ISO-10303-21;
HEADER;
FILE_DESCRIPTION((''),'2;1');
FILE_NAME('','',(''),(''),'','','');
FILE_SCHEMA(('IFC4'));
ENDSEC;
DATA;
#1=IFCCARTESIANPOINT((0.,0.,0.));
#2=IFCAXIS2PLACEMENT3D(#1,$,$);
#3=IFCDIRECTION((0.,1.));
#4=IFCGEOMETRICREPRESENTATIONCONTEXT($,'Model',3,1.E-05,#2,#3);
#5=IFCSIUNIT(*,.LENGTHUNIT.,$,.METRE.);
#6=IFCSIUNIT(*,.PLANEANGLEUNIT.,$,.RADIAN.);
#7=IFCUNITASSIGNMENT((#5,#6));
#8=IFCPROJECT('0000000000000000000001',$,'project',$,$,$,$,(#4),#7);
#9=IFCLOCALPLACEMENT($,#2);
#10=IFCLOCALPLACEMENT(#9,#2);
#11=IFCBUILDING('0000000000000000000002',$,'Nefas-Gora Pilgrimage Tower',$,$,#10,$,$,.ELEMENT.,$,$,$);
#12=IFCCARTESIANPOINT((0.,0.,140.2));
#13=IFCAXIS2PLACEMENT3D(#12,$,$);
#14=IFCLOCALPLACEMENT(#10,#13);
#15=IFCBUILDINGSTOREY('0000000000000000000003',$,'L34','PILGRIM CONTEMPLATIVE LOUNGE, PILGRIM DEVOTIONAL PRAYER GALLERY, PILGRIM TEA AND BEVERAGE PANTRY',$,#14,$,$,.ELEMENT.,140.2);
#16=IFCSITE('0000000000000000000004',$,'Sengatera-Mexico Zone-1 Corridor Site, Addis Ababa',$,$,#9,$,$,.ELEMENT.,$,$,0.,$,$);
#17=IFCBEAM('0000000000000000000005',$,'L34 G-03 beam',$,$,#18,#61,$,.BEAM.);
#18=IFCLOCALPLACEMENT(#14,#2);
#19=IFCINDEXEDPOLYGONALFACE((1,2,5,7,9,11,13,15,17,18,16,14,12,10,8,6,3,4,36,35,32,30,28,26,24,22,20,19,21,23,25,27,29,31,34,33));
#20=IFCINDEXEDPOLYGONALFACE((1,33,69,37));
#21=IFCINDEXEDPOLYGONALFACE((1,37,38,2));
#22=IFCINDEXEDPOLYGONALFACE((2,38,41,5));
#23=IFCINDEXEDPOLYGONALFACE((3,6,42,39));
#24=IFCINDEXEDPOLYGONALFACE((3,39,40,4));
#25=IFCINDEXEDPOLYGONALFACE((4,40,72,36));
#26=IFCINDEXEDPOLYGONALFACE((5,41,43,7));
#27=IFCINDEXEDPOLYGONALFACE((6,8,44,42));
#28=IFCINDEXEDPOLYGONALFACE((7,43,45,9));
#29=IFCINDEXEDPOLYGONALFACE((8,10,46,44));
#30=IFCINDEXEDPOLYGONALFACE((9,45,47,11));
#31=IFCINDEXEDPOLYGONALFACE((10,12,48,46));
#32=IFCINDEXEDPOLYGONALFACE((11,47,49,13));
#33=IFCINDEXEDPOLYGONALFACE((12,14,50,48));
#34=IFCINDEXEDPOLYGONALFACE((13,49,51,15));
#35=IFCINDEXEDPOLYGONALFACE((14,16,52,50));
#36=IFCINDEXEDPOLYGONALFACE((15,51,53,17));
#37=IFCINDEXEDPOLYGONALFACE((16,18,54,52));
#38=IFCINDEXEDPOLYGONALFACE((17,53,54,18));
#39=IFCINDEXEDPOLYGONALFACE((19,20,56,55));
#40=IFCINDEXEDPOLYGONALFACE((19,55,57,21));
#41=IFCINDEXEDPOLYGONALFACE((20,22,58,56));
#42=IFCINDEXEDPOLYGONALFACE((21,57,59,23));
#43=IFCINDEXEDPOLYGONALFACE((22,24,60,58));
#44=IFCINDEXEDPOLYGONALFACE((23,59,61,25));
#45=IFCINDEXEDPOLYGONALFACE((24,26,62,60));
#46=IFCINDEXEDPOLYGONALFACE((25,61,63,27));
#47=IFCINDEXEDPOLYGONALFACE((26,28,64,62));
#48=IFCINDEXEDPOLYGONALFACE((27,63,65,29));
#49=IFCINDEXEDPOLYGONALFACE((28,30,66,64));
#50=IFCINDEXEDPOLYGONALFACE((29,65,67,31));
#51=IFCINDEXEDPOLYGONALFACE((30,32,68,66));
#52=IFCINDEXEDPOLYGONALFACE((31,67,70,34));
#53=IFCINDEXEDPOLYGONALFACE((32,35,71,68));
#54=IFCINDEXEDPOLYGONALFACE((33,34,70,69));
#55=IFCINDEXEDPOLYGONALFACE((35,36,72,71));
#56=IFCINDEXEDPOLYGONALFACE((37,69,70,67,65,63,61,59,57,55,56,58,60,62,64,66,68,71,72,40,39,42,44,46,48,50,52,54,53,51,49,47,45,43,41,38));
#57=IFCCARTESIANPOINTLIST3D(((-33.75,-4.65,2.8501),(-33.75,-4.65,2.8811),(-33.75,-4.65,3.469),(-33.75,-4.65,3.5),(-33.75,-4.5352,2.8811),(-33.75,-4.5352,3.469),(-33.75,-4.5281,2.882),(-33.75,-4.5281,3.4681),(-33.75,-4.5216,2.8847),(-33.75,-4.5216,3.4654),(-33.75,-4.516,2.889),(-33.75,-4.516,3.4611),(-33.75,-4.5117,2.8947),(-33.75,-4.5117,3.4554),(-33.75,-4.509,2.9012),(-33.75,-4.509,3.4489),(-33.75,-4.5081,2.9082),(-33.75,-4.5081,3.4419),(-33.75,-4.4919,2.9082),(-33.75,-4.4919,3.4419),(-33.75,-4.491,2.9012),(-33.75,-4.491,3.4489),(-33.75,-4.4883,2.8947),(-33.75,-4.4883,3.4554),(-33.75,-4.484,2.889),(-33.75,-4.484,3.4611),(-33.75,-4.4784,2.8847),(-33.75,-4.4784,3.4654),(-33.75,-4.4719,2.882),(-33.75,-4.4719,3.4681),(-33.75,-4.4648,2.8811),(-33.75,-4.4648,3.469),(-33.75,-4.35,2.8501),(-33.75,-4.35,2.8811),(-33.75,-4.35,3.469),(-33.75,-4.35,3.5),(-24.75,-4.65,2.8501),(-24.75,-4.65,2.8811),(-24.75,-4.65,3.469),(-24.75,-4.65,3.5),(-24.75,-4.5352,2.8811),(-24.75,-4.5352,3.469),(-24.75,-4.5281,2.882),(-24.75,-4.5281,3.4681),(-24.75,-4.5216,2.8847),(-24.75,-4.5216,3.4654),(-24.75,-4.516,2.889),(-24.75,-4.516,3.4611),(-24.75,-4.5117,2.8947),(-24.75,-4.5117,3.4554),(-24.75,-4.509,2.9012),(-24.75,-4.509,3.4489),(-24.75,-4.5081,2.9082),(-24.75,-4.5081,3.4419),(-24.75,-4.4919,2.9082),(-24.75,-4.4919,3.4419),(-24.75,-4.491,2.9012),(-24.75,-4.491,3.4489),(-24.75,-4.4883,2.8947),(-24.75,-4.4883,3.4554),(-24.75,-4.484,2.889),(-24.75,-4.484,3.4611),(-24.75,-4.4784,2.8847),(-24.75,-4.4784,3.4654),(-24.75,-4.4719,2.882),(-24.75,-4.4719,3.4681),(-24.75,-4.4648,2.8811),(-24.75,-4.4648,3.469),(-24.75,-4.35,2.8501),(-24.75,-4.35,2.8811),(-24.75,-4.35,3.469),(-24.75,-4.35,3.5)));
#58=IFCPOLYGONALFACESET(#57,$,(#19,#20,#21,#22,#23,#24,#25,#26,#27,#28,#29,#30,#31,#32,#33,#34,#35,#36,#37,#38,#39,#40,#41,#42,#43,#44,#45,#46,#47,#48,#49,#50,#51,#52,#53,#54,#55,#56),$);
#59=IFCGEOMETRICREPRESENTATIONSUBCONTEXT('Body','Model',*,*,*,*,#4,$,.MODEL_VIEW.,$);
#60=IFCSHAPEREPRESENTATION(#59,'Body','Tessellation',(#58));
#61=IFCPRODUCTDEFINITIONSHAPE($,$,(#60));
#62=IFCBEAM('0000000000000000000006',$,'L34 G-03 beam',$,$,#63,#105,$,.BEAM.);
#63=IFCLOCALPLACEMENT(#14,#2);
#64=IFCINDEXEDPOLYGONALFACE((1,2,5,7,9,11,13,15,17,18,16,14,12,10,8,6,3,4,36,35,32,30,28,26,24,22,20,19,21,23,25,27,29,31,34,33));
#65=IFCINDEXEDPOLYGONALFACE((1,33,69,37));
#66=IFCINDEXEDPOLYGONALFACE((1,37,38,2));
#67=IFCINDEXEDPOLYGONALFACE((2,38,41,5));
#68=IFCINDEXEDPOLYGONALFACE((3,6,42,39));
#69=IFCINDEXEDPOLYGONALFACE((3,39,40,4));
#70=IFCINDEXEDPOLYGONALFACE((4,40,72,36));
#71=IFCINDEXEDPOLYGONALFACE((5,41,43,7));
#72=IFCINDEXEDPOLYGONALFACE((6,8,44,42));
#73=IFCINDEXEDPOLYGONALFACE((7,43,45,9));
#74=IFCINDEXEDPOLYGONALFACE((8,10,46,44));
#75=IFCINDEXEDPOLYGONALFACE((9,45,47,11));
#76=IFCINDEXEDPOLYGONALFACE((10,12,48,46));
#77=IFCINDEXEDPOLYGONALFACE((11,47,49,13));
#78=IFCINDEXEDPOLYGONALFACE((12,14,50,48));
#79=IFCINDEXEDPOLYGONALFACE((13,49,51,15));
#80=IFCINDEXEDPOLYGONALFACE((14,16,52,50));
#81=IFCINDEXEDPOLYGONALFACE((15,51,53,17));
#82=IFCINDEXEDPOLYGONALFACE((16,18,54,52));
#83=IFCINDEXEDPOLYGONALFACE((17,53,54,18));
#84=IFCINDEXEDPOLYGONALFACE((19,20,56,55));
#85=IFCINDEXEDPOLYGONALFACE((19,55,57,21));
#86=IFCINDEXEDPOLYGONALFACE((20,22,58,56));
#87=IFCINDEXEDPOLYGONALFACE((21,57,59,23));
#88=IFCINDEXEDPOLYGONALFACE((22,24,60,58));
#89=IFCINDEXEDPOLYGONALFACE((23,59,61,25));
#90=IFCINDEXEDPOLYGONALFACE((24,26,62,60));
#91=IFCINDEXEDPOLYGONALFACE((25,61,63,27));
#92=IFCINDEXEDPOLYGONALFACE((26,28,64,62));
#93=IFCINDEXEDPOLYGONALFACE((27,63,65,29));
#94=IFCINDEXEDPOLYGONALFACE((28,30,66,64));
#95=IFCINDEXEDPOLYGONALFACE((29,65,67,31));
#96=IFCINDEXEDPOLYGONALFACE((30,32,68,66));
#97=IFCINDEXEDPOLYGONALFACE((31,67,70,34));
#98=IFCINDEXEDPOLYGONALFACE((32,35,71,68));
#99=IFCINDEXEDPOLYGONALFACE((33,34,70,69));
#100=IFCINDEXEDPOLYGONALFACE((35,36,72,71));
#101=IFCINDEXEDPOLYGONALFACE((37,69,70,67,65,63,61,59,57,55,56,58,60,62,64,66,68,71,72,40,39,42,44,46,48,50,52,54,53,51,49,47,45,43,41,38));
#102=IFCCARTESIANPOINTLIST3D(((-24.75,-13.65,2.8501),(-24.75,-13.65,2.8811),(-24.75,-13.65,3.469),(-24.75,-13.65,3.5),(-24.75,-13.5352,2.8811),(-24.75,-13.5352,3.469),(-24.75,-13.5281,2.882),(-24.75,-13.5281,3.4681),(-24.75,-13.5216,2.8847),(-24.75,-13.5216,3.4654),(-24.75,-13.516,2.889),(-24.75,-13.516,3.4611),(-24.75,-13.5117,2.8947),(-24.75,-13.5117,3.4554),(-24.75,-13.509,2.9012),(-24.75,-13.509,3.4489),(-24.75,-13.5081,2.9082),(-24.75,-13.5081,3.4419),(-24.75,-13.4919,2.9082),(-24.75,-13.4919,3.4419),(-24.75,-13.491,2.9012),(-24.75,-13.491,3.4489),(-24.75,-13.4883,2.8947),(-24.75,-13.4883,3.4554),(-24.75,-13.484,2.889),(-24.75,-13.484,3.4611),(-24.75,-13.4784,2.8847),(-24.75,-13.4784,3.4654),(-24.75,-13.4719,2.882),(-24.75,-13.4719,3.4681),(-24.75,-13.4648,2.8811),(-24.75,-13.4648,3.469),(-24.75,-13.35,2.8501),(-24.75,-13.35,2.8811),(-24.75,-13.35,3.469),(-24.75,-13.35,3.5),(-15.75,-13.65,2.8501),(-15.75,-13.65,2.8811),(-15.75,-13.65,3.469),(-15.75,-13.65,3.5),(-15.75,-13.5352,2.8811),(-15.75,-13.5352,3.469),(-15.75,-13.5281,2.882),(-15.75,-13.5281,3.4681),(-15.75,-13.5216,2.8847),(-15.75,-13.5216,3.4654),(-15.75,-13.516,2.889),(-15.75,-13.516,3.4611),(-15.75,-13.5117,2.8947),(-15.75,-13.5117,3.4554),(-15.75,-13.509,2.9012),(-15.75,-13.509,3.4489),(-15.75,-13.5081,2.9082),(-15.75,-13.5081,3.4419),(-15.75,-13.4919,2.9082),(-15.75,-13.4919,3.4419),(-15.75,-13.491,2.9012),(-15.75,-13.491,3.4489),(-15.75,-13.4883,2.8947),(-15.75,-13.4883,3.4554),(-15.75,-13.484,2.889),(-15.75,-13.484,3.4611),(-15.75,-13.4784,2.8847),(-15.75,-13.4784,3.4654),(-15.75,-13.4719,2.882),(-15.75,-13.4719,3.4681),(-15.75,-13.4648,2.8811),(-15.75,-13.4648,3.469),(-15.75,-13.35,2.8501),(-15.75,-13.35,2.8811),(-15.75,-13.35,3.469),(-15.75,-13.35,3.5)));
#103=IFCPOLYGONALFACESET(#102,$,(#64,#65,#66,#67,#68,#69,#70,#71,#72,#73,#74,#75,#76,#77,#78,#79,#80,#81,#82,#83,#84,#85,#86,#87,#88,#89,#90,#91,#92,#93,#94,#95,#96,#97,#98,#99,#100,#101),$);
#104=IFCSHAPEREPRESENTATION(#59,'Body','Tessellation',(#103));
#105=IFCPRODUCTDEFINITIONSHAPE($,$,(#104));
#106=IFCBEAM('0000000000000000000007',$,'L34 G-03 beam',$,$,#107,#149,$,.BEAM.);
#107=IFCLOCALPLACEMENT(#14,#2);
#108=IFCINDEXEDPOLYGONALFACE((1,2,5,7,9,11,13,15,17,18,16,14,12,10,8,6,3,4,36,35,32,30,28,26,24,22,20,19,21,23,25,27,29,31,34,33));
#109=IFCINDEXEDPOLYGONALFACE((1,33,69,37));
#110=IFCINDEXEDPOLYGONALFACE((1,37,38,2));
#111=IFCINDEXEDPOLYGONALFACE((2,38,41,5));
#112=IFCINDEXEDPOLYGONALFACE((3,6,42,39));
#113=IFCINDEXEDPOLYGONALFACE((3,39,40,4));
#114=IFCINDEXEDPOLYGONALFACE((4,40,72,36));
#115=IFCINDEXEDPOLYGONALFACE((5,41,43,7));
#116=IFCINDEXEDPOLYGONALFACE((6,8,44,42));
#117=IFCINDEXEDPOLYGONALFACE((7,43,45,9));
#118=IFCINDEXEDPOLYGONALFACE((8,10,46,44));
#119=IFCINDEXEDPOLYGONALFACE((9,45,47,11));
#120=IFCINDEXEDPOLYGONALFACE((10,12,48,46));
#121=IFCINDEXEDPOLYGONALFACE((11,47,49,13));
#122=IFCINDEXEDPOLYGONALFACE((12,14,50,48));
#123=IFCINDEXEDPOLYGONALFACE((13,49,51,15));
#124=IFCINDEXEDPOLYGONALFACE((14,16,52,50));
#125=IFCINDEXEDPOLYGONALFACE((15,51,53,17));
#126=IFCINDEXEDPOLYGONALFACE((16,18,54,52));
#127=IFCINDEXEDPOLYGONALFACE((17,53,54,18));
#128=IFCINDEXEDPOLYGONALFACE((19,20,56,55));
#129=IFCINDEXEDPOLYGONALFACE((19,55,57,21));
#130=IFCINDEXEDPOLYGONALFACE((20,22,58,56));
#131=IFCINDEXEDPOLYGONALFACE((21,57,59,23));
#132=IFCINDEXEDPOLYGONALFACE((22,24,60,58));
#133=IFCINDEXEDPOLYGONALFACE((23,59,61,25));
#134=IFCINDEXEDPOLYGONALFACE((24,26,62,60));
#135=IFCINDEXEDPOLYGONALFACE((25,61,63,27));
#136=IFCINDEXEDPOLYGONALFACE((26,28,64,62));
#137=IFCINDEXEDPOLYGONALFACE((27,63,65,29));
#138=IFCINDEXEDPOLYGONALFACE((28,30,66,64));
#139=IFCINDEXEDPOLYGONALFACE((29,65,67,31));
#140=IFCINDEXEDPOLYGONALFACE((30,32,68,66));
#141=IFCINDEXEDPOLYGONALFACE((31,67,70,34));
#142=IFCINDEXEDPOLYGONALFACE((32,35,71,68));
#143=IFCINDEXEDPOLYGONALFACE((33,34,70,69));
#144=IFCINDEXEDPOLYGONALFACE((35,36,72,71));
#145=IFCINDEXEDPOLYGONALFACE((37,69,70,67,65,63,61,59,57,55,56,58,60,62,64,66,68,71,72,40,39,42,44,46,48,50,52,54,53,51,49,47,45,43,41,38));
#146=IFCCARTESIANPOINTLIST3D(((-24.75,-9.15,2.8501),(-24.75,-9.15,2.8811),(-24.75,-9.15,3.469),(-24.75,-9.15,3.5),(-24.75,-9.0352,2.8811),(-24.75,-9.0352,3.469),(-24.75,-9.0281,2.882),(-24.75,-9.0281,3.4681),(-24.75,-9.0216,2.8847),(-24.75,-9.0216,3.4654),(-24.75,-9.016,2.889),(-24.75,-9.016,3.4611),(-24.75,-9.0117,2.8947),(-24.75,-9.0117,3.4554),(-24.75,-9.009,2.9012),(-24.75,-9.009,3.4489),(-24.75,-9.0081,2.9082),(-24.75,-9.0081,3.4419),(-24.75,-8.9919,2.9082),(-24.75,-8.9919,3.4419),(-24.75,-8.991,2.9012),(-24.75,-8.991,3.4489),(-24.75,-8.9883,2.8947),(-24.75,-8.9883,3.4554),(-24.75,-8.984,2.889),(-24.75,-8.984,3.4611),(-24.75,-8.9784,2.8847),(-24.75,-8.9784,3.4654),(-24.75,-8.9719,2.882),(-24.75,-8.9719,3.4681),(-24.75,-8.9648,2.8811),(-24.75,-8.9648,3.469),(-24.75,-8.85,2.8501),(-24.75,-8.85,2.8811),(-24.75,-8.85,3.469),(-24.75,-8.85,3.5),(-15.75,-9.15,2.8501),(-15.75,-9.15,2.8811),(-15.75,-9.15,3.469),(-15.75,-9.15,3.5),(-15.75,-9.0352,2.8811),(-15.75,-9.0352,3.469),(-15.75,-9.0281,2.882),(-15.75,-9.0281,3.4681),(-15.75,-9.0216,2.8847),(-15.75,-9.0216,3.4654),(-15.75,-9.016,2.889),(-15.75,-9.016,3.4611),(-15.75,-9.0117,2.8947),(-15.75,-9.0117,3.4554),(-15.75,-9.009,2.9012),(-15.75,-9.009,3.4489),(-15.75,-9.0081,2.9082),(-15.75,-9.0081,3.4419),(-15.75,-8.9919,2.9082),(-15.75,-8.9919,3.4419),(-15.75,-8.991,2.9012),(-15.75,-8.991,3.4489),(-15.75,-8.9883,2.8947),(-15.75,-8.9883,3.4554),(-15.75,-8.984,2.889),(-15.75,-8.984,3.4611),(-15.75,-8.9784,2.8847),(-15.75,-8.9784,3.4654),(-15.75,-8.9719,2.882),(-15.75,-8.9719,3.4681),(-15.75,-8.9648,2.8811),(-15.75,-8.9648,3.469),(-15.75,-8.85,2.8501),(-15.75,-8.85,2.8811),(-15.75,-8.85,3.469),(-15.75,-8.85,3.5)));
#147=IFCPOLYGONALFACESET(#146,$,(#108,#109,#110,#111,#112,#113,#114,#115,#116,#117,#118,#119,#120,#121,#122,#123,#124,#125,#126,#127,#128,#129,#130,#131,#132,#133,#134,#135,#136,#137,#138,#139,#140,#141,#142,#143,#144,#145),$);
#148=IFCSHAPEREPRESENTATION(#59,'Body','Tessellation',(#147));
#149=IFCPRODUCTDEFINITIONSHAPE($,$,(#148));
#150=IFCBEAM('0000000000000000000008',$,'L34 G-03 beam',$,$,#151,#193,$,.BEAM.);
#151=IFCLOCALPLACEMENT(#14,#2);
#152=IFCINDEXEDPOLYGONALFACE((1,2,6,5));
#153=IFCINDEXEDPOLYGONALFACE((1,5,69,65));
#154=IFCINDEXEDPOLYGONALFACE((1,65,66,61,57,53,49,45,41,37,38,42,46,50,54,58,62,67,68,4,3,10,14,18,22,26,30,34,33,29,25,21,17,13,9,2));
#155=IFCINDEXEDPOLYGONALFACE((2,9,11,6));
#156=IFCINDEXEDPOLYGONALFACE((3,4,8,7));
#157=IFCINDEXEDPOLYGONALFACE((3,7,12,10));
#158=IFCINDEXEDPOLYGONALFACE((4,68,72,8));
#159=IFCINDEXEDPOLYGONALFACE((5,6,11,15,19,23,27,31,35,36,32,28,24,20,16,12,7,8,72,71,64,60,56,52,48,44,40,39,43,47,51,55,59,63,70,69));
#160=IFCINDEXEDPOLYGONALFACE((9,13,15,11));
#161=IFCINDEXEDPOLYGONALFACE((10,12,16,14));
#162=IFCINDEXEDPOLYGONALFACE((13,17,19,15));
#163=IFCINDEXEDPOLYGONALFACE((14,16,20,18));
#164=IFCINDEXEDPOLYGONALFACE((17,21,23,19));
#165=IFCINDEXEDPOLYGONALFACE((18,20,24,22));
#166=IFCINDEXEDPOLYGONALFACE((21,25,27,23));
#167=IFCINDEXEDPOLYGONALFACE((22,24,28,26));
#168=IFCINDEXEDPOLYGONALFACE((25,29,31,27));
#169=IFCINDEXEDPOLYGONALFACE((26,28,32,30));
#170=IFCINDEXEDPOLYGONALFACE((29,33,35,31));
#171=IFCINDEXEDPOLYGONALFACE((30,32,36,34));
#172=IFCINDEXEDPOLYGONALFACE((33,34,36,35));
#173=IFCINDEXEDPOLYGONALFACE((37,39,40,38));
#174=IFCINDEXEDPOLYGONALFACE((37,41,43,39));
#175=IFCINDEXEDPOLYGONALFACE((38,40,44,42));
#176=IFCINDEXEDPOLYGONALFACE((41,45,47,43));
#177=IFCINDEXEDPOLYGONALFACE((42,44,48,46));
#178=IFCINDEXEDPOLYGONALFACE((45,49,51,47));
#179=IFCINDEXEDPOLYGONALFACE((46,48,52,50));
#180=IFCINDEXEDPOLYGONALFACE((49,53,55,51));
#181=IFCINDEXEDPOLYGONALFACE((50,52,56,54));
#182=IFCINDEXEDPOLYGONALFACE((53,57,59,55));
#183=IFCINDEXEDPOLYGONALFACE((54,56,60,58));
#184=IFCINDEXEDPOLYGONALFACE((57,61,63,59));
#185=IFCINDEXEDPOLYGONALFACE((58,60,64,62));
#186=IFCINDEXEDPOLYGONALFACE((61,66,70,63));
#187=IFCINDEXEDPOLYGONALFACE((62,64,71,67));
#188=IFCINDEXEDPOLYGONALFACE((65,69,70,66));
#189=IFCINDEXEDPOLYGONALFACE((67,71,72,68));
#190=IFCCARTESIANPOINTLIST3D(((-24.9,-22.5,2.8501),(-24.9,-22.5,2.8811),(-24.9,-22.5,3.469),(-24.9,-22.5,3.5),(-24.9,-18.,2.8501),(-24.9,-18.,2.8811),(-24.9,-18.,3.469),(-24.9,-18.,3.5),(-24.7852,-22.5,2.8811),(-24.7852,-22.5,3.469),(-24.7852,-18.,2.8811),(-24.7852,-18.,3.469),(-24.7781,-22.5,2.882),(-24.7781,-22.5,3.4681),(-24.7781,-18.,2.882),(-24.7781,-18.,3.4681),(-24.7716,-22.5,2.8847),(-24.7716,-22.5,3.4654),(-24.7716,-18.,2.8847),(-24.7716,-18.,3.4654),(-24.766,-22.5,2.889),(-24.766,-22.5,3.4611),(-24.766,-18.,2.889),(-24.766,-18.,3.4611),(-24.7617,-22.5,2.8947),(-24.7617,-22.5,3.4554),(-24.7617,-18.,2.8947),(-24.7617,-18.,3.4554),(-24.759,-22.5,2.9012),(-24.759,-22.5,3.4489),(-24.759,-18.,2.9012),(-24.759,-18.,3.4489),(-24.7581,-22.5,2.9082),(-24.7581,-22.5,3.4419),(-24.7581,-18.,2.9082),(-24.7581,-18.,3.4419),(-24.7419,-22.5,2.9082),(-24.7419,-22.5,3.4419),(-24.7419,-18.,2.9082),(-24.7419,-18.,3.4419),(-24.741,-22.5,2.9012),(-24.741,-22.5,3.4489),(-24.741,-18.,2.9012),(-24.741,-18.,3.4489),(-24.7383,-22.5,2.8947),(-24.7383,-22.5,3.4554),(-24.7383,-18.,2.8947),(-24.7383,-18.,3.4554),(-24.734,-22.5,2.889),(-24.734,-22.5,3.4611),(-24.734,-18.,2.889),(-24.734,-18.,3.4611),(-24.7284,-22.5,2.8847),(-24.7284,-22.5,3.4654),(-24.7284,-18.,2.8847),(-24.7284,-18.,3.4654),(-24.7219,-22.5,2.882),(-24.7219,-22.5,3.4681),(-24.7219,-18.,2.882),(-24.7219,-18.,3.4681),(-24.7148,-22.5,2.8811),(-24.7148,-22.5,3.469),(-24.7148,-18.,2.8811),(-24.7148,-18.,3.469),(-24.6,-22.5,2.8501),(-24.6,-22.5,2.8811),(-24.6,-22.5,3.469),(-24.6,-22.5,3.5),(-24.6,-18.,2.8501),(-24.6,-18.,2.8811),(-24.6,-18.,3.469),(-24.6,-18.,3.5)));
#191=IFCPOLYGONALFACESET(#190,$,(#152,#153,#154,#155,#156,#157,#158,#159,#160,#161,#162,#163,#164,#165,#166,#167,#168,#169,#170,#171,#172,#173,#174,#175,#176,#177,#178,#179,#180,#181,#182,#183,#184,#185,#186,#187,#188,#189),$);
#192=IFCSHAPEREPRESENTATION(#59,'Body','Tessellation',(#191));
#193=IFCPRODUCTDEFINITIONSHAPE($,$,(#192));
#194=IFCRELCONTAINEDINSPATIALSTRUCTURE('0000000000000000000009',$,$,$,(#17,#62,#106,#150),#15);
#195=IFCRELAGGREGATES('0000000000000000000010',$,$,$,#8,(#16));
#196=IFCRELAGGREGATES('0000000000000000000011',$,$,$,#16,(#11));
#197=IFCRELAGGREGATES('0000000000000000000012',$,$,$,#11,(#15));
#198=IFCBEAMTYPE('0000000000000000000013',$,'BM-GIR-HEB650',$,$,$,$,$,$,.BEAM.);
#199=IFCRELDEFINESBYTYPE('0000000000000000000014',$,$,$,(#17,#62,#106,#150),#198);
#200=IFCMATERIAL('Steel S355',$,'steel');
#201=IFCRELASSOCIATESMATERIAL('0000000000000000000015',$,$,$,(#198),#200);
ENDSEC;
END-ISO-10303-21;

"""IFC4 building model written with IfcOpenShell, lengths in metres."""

from ifc_helpers import new_model, si_unit, direction, frame, origin, origin_2d, place, context, subcontext, project, spatial, i_section, extrude, source, transform, mapped, material, material_profile, profile_set, type_object, element, save


model = new_model("IFC4")

# Units and contexts
model_context = context("Model", 3, precision=1e-05, world=origin(), true_north=direction((0.0, 1.0)))
body_context = subcontext(model_context, "Body", "Model", "MODEL_VIEW")
ifc_project = project(units=[si_unit("LENGTHUNIT", "METRE"), si_unit("PLANEANGLEUNIT", "RADIAN")], contexts=[model_context])

# Site, building, storey
site_placement = place(None, origin())
site = spatial("IfcSite", under=ifc_project, at=site_placement, Name="Sengatera-Mexico Zone-1 Corridor Site, Addis Ababa", CompositionType="ELEMENT", RefElevation=0.0)
building_placement = place(site_placement, origin())
building = spatial("IfcBuilding", under=site, at=building_placement, Name="Nefas-Gora Pilgrimage Tower", CompositionType="ELEMENT")
storey_placement = place(building_placement, frame((0.0, 0.0, 140.2)))
storey = spatial("IfcBuildingStorey", under=building, at=storey_placement, Name="L34", Description="PILGRIM CONTEMPLATIVE LOUNGE, PILGRIM DEVOTIONAL PRAYER GALLERY, PILGRIM TEA AND BEVERAGE PANTRY", CompositionType="ELEMENT", Elevation=140.2)

# Beams
ifc_material_1 = material(Name="Steel S355", Category="steel")
ifc_material_profile_1 = material_profile(ifc_material_1, i_section(OverallWidth=0.3, OverallDepth=0.6499, WebThickness=0.0161, FlangeThickness=0.031, FilletRadius=0.0271, at=origin_2d()), Name="HEB 650")
ifc_profile_set_1 = profile_set([ifc_material_profile_1], Name="Steel S355")
beam_type_1 = type_object("IfcBeamType", Name="BM-GIR-HEB650", PredefinedType="BEAM", material=ifc_profile_set_1)
shared_shape_1 = source(origin(), body_context, "Body", "SweptSolid", [
    extrude(i_section(OverallWidth=0.3, OverallDepth=0.6499, WebThickness=0.0161, FlangeThickness=0.031, FilletRadius=0.0271, at=origin_2d()), origin(), (0.0, 0.0, 1.0), 9.0),
])
for number, where, z_axis, x_axis, name in (
    (1, (-33.75, -4.5, 3.175), (1.0, 0.0, 0.0), (0.0, 1.0, 0.0), "L34 G-03 beam"),
    (2, (-24.75, -13.5, 3.175), (1.0, 0.0, 0.0), (0.0, 1.0, 0.0), "L34 G-03 beam"),
    (3, (-24.75, -9.0, 3.175), (1.0, 0.0, 0.0), (0.0, 1.0, 0.0), "L34 G-03 beam"),
):
    element("IfcBeam", number, at=place(storey_placement, frame(where, z_axis=z_axis, x_axis=x_axis)), inside=storey, type_object=beam_type_1, Name=name, PredefinedType="BEAM", context=body_context, shape_type="MappedRepresentation", body=[
        mapped(shared_shape_1, transform((0.0, 0.0, 0.0), x_axis=(1.0, 0.0, 0.0), y_axis=(0.0, 1.0, 0.0), z_axis=(0.0, 0.0, 1.0), scale=1.0)),
    ])
shared_shape_2 = source(origin(), body_context, "Body", "SweptSolid", [
    extrude(i_section(OverallWidth=0.3, OverallDepth=0.6499, WebThickness=0.0161, FlangeThickness=0.031, FilletRadius=0.0271, at=origin_2d()), origin(), (0.0, 0.0, 1.0), 4.5),
])
for number, where, z_axis, x_axis, name in (
    (4, (-24.75, -22.5, 3.175), (0.0, 1.0, 0.0), (-1.0, 0.0, 0.0), "L34 G-03 beam"),
):
    element("IfcBeam", number, at=place(storey_placement, frame(where, z_axis=z_axis, x_axis=x_axis)), inside=storey, type_object=beam_type_1, Name=name, PredefinedType="BEAM", context=body_context, shape_type="MappedRepresentation", body=[
        mapped(shared_shape_2, transform((0.0, 0.0, 0.0), x_axis=(1.0, 0.0, 0.0), y_axis=(0.0, 1.0, 0.0), z_axis=(0.0, 0.0, 1.0), scale=1.0)),
    ])

save(model, "model.ifc")
